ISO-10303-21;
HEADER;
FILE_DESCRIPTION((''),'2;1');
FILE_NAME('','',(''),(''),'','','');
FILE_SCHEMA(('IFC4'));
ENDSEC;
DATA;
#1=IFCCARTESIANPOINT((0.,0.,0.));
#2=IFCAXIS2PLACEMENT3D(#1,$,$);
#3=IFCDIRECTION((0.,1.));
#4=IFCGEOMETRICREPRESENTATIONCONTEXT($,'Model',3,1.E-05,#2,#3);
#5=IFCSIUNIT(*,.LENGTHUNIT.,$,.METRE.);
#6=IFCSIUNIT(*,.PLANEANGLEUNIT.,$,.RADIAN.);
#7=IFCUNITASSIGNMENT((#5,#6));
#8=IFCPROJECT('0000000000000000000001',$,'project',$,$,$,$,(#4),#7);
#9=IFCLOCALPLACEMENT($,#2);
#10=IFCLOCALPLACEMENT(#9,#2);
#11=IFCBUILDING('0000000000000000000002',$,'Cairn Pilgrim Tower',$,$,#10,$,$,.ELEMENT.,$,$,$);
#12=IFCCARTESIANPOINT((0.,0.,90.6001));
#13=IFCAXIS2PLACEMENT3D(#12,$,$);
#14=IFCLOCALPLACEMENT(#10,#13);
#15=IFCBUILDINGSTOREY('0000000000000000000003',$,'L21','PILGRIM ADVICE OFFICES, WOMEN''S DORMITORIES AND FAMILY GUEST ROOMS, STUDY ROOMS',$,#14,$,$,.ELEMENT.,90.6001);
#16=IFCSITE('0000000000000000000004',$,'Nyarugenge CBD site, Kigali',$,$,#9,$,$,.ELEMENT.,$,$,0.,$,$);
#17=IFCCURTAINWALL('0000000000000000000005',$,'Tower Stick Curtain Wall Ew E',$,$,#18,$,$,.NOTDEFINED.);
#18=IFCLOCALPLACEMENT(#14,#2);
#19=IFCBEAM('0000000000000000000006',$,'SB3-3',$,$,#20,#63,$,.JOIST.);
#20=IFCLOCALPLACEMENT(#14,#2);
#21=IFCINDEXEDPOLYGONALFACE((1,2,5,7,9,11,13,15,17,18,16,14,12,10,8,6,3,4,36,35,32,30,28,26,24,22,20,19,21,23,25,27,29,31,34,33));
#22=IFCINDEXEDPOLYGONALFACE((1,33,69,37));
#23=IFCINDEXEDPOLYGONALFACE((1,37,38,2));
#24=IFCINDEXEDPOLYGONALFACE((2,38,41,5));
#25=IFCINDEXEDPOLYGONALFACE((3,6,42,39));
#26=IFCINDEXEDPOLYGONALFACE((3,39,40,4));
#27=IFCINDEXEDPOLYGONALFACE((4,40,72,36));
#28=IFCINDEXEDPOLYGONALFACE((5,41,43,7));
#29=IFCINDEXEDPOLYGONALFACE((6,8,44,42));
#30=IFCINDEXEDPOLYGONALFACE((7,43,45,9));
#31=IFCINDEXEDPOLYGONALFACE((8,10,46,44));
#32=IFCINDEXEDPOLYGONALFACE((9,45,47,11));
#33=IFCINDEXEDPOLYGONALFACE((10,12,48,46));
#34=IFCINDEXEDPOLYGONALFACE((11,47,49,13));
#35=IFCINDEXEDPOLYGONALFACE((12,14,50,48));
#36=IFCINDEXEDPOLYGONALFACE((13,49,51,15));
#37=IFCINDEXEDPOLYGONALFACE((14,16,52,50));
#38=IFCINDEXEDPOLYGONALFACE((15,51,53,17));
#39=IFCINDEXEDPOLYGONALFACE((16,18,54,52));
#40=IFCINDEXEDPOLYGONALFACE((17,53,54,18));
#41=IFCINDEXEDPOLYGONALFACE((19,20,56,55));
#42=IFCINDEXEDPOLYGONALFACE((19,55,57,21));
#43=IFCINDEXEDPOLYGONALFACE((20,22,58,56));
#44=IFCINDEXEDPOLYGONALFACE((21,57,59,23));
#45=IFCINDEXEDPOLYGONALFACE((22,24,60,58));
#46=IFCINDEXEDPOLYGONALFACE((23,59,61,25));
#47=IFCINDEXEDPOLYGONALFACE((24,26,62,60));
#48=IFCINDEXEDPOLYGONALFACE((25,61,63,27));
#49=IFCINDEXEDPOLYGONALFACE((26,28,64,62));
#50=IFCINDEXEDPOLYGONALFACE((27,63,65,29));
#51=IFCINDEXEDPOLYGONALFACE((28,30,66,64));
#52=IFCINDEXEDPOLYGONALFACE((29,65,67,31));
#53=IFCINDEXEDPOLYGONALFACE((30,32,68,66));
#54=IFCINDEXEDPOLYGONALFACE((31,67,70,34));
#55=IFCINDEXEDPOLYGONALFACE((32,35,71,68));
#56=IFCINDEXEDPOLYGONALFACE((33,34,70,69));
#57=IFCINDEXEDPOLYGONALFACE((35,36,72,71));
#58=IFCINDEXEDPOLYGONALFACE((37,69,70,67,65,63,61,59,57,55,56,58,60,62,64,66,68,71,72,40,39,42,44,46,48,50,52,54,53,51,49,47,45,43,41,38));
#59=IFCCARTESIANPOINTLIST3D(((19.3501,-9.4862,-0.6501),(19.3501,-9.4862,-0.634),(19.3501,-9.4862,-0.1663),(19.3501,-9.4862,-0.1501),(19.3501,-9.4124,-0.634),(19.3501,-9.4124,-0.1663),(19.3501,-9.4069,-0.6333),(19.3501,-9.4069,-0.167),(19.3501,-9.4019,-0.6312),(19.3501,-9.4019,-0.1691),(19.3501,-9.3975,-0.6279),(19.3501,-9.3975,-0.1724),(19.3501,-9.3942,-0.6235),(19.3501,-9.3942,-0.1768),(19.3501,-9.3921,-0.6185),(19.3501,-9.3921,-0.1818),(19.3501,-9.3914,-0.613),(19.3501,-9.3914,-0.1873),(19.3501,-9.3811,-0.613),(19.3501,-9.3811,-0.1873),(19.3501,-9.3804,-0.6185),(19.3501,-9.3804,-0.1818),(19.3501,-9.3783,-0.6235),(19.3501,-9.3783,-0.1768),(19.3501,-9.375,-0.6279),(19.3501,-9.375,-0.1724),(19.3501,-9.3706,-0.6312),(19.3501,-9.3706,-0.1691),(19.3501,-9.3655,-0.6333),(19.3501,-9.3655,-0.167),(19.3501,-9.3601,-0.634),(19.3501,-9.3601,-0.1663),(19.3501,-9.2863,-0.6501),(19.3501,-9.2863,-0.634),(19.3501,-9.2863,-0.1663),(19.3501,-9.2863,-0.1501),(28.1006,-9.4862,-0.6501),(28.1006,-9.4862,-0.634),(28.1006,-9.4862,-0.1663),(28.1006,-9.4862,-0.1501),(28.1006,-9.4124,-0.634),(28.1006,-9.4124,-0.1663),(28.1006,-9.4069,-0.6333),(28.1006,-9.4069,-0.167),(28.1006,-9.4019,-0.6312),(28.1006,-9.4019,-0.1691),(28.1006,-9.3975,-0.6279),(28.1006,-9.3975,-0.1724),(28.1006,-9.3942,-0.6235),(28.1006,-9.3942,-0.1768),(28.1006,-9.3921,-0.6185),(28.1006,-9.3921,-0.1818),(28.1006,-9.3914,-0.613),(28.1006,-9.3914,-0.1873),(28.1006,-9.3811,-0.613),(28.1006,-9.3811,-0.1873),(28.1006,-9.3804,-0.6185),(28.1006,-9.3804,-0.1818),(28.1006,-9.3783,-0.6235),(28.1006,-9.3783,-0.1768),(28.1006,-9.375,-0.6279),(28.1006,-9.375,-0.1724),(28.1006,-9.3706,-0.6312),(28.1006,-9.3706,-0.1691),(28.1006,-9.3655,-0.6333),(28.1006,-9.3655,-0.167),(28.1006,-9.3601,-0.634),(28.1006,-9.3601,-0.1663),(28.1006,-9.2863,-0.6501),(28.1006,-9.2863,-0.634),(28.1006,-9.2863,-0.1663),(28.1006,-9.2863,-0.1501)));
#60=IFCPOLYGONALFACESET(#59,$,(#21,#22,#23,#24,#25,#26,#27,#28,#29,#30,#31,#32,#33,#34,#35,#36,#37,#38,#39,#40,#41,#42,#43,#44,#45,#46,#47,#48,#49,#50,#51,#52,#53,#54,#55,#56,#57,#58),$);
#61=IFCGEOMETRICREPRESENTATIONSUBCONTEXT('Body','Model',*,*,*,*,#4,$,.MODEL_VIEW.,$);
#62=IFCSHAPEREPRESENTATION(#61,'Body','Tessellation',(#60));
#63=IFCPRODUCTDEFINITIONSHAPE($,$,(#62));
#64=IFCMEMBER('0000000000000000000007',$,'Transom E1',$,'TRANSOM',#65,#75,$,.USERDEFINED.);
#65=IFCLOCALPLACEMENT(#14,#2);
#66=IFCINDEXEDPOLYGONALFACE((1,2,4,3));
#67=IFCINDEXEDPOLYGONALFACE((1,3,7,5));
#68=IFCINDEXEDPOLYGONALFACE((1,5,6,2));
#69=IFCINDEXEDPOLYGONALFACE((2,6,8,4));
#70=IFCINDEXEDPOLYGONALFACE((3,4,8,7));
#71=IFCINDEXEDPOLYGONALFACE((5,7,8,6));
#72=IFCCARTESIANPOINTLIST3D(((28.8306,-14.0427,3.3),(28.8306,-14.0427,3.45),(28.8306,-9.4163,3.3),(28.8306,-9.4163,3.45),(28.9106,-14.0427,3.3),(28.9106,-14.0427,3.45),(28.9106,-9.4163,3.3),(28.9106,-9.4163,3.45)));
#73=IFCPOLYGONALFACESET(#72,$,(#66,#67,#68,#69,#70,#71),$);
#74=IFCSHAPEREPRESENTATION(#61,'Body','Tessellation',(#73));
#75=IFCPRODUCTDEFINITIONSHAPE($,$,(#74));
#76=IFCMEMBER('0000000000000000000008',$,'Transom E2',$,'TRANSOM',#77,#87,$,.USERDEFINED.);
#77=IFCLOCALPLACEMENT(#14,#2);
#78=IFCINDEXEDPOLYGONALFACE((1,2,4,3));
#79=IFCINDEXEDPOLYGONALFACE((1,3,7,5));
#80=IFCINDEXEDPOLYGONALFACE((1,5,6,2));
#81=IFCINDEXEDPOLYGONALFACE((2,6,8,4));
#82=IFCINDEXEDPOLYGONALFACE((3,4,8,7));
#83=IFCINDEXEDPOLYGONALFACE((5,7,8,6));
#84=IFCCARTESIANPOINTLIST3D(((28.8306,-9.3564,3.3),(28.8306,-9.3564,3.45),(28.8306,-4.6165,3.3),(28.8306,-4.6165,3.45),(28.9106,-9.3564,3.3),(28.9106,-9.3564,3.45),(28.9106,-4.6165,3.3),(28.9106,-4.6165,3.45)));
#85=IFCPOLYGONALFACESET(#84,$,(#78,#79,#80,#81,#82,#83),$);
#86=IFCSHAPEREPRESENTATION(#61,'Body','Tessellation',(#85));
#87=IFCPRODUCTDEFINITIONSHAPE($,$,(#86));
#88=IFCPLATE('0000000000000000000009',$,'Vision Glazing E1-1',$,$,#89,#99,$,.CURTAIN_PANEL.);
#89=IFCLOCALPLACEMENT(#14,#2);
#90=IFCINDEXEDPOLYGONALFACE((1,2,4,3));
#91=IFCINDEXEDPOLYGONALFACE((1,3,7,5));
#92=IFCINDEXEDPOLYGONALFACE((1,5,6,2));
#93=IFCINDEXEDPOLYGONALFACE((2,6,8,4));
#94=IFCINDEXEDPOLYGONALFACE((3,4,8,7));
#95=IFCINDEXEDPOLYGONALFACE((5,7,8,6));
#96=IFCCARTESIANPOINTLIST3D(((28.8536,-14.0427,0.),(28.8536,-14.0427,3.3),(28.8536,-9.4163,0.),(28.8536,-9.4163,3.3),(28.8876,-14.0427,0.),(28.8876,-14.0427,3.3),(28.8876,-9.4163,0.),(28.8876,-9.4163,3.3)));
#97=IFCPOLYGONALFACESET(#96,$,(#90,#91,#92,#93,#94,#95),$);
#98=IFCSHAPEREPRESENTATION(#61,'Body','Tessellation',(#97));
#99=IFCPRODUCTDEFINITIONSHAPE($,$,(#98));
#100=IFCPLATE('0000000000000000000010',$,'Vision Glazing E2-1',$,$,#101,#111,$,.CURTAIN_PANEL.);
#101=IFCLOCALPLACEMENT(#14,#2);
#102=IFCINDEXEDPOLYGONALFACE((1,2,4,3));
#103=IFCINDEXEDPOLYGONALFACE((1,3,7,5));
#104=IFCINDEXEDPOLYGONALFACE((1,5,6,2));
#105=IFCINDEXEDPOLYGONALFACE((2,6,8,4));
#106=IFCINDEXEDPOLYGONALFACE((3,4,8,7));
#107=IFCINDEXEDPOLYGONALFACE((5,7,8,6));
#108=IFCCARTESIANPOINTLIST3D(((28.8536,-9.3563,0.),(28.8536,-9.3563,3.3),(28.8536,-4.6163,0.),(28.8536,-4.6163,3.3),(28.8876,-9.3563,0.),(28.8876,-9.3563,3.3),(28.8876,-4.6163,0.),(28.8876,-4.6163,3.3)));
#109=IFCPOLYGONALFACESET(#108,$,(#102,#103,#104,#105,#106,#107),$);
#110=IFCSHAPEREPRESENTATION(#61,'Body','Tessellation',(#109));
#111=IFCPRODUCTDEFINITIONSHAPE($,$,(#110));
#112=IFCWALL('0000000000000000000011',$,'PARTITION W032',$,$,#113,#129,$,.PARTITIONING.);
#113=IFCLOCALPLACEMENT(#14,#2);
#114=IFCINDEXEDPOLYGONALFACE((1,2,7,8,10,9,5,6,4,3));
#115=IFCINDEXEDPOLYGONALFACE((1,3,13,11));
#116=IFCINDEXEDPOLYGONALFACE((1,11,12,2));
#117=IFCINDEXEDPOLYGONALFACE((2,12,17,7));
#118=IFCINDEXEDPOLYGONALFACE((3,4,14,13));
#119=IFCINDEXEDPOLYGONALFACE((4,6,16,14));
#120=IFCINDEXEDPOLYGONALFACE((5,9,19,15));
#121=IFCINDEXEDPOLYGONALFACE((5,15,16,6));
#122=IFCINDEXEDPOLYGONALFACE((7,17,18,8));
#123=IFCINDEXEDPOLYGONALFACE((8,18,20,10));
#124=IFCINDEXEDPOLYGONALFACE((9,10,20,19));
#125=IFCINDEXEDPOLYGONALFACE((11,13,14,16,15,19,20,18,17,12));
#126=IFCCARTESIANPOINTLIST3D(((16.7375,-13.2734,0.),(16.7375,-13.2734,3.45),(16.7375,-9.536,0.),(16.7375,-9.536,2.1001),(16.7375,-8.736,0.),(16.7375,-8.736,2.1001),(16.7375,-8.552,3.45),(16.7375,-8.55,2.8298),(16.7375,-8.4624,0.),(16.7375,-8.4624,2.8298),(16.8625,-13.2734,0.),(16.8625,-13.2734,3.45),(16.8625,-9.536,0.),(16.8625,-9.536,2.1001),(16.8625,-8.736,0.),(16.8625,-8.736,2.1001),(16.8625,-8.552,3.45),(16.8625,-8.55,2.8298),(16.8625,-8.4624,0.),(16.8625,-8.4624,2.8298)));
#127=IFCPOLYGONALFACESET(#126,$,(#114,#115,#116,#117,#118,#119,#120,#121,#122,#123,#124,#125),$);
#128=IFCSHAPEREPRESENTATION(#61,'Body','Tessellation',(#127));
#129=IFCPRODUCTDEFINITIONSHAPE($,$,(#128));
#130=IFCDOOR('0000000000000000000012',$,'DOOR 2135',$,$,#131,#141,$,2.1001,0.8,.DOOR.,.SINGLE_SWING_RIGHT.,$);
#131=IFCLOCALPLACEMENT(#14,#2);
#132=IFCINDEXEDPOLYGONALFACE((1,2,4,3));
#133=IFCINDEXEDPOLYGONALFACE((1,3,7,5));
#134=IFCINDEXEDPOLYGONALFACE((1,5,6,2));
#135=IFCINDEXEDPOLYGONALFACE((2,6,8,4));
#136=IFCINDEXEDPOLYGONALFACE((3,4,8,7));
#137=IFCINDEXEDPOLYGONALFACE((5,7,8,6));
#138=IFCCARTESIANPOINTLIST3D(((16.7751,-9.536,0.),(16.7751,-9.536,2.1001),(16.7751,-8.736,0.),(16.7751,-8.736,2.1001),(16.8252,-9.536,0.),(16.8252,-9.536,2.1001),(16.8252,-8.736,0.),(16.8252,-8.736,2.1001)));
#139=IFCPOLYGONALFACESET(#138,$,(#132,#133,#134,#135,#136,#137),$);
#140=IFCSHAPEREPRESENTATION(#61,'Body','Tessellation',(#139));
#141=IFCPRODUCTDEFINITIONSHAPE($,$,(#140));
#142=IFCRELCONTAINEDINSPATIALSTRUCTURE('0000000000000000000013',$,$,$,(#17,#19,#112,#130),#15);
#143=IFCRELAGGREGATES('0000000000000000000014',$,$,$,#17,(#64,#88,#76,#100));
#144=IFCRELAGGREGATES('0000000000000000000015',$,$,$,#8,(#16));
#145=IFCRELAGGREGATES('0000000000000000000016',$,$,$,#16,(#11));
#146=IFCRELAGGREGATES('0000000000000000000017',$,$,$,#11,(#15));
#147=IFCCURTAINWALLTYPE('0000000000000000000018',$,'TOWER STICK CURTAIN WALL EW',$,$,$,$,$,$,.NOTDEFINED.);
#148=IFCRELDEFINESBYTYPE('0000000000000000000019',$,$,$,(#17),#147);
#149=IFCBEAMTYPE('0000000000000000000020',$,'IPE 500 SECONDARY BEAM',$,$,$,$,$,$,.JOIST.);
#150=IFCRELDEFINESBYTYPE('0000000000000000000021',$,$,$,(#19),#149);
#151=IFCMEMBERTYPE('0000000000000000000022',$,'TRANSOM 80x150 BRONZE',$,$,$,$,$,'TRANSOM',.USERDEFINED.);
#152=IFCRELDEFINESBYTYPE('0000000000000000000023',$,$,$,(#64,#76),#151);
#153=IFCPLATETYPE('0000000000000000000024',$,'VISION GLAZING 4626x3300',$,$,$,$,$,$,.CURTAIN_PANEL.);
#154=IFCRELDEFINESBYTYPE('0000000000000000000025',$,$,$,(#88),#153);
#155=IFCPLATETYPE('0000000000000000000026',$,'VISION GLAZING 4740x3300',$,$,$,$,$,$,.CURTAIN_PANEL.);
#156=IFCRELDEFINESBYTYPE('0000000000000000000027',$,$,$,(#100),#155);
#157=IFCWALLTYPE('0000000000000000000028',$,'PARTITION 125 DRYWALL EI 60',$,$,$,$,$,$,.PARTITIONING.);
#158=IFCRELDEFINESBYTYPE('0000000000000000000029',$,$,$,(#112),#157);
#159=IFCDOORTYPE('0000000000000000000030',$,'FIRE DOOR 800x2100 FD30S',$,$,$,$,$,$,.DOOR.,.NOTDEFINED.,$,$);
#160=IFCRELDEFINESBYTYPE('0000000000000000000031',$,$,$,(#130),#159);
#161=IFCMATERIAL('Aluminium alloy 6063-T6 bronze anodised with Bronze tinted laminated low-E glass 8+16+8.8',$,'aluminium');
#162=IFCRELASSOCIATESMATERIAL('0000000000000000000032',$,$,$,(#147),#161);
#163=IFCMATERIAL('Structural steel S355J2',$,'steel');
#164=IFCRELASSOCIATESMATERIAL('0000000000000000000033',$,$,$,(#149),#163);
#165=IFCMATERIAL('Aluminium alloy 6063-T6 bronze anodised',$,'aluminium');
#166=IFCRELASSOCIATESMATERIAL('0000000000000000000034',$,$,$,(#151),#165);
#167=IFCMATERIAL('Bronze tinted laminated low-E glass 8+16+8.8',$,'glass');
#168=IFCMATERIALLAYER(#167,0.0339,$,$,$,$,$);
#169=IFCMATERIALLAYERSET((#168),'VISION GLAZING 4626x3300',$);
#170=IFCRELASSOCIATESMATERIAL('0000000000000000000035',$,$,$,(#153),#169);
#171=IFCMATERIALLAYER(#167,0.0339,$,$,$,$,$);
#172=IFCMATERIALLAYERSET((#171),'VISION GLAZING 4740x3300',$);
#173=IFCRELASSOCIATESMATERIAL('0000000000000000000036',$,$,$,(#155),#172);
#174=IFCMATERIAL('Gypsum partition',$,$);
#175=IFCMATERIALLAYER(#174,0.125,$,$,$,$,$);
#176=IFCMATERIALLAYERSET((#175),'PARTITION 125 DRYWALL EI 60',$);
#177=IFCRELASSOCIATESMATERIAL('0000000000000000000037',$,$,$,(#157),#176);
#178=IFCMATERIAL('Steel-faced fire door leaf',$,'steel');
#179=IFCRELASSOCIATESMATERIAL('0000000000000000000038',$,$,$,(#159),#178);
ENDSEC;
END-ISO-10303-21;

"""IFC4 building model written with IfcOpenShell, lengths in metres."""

from ifc_helpers import new_model, si_unit, direction, frame, frame_2d, origin, origin_2d, place, context, subcontext, project, spatial, polyline, rectangle, i_section, outline, extrude, material, layer, layer_set, material_profile, profile_set, type_object, element, fill, aggregate, save


model = new_model("IFC4")

# Units and contexts
model_context = context("Model", 3, precision=1e-05, world=origin(), true_north=direction((0.0, 1.0)))
body_context = subcontext(model_context, "Body", "Model", "MODEL_VIEW")
ifc_project = project(units=[si_unit("LENGTHUNIT", "METRE"), si_unit("PLANEANGLEUNIT", "RADIAN")], contexts=[model_context])

# Site, building, storey
site_placement = place(None, origin())
site = spatial("IfcSite", under=ifc_project, at=site_placement, Name="Nyarugenge CBD site, Kigali", CompositionType="ELEMENT", RefElevation=0.0)
building_placement = place(site_placement, origin())
building = spatial("IfcBuilding", under=site, at=building_placement, Name="Cairn Pilgrim Tower", CompositionType="ELEMENT")
storey_placement = place(building_placement, frame((0.0, 0.0, 90.6001)))
storey = spatial("IfcBuildingStorey", under=building, at=storey_placement, Name="L21", Description="PILGRIM ADVICE OFFICES, WOMEN'S DORMITORIES AND FAMILY GUEST ROOMS, STUDY ROOMS", CompositionType="ELEMENT", Elevation=90.6001)

# Curtain wall
ifc_material_1 = material(Name="Aluminium alloy 6063-T6 bronze anodised with Bronze tinted laminated low-E glass 8+16+8.8", Category="aluminium")
curtain_wall_type = type_object("IfcCurtainWallType", Name="TOWER STICK CURTAIN WALL EW", PredefinedType="NOTDEFINED", material=ifc_material_1)
curtain_wall_placement = place(storey_placement, origin())
curtain_wall = element("IfcCurtainWall", 1, at=curtain_wall_placement, inside=storey, type_object=curtain_wall_type, Name="Tower Stick Curtain Wall Ew E", PredefinedType="NOTDEFINED")
ifc_material_2 = material(Name="Aluminium alloy 6063-T6 bronze anodised", Category="aluminium")

# Beam
ifc_material_3 = material(Name="Structural steel S355J2", Category="steel")
ifc_material_profile_1 = material_profile(ifc_material_3, i_section(OverallWidth=0.2, OverallDepth=0.5, WebThickness=0.0103, FlangeThickness=0.0161, FilletRadius=0.021, at=origin_2d()), Name="IPE 500")
ifc_profile_set_1 = profile_set([ifc_material_profile_1], Name="Structural steel S355J2")
beam_type_1 = type_object("IfcBeamType", Name="IPE 500 SECONDARY BEAM", PredefinedType="JOIST", material=ifc_profile_set_1)
beam_1_placement = place(storey_placement, frame((19.3501, -9.3862, -0.4001), z_axis=(1.0, 0.0, 0.0), x_axis=(0.0, 1.0, 0.0)))
element("IfcBeam", 2, at=beam_1_placement, inside=storey, type_object=beam_type_1, Name="SB3-3", PredefinedType="JOIST", context=body_context, shape_type="SweptSolid", body=[
    extrude(i_section(OverallWidth=0.2, OverallDepth=0.5, WebThickness=0.0103, FlangeThickness=0.0161, FilletRadius=0.021, at=origin_2d()), origin(), (0.0, 0.0, 1.0), 8.7505),
])

# Members
ifc_material_profile_2 = material_profile(ifc_material_2, rectangle(XDim=0.0801, YDim=0.1499, at=origin_2d()), Name="TRANSOM 80x150 BRONZE")
ifc_profile_set_2 = profile_set([ifc_material_profile_2], Name="Aluminium alloy 6063-T6 bronze anodised")
member_type_1 = type_object("IfcMemberType", Name="TRANSOM 80x150 BRONZE", ElementType="TRANSOM", PredefinedType="USERDEFINED", material=ifc_profile_set_2)
member_1_placement = place(storey_placement, frame((28.8706, -14.0427, 3.375), z_axis=(0.0, 1.0, 0.0), x_axis=(-1.0, 0.0, 0.0)))
member_1 = element("IfcMember", 3, at=member_1_placement, type_object=member_type_1, Name="Transom E1", ObjectType="TRANSOM", PredefinedType="USERDEFINED", context=body_context, shape_type="SweptSolid", body=[
    extrude(rectangle(XDim=0.0801, YDim=0.1499, at=origin_2d()), origin(), (0.0, 0.0, 1.0), 4.6265),
])
member_2_placement = place(storey_placement, frame((28.8706, -9.3564, 3.375), z_axis=(0.0, 1.0, 0.0), x_axis=(-1.0, 0.0, 0.0)))
member_2 = element("IfcMember", 4, at=member_2_placement, type_object=member_type_1, Name="Transom E2", ObjectType="TRANSOM", PredefinedType="USERDEFINED", context=body_context, shape_type="SweptSolid", body=[
    extrude(rectangle(XDim=0.0801, YDim=0.1499, at=origin_2d()), origin(), (0.0, 0.0, 1.0), 4.74),
])

# Plates
ifc_material_4 = material(Name="Bronze tinted laminated low-E glass 8+16+8.8", Category="glass")
ifc_layer_1 = layer(ifc_material_4, 0.0339)
ifc_layer_set_1 = layer_set([ifc_layer_1], Name="VISION GLAZING 4626x3300")
plate_type_1 = type_object("IfcPlateType", Name="VISION GLAZING 4626x3300", PredefinedType="CURTAIN_PANEL", material=ifc_layer_set_1)
plate_1_placement = place(storey_placement, frame((28.8706, -11.7295, 0.0), z_axis=(0.0, 0.0, 1.0), x_axis=(0.0, 1.0, 0.0)))
plate_1 = element("IfcPlate", 5, at=plate_1_placement, type_object=plate_type_1, Name="Vision Glazing E1-1", PredefinedType="CURTAIN_PANEL", context=body_context, shape_type="SweptSolid", body=[
    extrude(rectangle(XDim=4.6265, YDim=0.0339, at=origin_2d()), origin(), (0.0, 0.0, 1.0), 3.3),
])
ifc_layer_2 = layer(ifc_material_4, 0.0339)
ifc_layer_set_2 = layer_set([ifc_layer_2], Name="VISION GLAZING 4740x3300")
plate_type_2 = type_object("IfcPlateType", Name="VISION GLAZING 4740x3300", PredefinedType="CURTAIN_PANEL", material=ifc_layer_set_2)
plate_2_placement = place(storey_placement, frame((28.8706, -6.9863, 0.0), z_axis=(0.0, 0.0, 1.0), x_axis=(0.0, 1.0, 0.0)))
plate_2 = element("IfcPlate", 6, at=plate_2_placement, type_object=plate_type_2, Name="Vision Glazing E2-1", PredefinedType="CURTAIN_PANEL", context=body_context, shape_type="SweptSolid", body=[
    extrude(rectangle(XDim=4.74, YDim=0.0339, at=origin_2d()), origin(), (0.0, 0.0, 1.0), 3.3),
])
aggregate(curtain_wall, [member_1, plate_1, member_2, plate_2])

# Wall, opening, door
ifc_material_5 = material(Name="Gypsum partition")
ifc_layer_3 = layer(ifc_material_5, 0.125)
ifc_layer_set_3 = layer_set([ifc_layer_3], Name="PARTITION 125 DRYWALL EI 60")
wall_type_1 = type_object("IfcWallType", Name="PARTITION 125 DRYWALL EI 60", PredefinedType="PARTITIONING", material=ifc_layer_set_3)
wall_1_placement = place(storey_placement, frame((16.8, -13.2734, 0.0), z_axis=(0.0, 0.0, 1.0), x_axis=(0.0, 1.0, 0.0)))
wall_1 = element("IfcWall", 7, at=wall_1_placement, inside=storey, type_object=wall_type_1, Name="PARTITION W032", PredefinedType="PARTITIONING", context=body_context, shape_type="SweptSolid", body=[
    extrude(outline(polyline([(0.0, 0.0), (4.811, 0.0), (4.811, 2.8298), (4.7234, 2.8298), (4.7214, 3.45), (0.0, 3.45), (0.0, 0.0)])), frame((0.0, 0.0625, 0.0), z_axis=(0.0, -1.0, 0.0), x_axis=(1.0, 0.0, 0.0)), (0.0, 0.0, 1.0), 0.125),
])
opening_1_placement = place(wall_1_placement, frame((3.7375, 0.0, 0.0)))
opening_1 = element("IfcOpeningElement", 8, at=opening_1_placement, cuts=wall_1, PredefinedType="OPENING", context=body_context, shape_type="SweptSolid", body=[
    extrude(rectangle(XDim=0.8, YDim=2.1001, at=frame_2d((0.3999, 1.05))), frame((0.0, 0.0725, 0.0), z_axis=(0.0, -1.0, 0.0), x_axis=(1.0, 0.0, 0.0)), (0.0, 0.0, 1.0), 0.145),
])
ifc_material_6 = material(Name="Steel-faced fire door leaf", Category="steel")
door_type_1 = type_object("IfcDoorType", Name="FIRE DOOR 800x2100 FD30S", OperationType="NOTDEFINED", PredefinedType="DOOR", material=ifc_material_6)
door_1_placement = place(opening_1_placement, origin())
door_1 = element("IfcDoor", 9, at=door_1_placement, inside=storey, type_object=door_type_1, Name="DOOR 2135", OperationType="SINGLE_SWING_RIGHT", OverallHeight=2.1001, OverallWidth=0.8, PredefinedType="DOOR", context=body_context, shape_type="SweptSolid", body=[
    extrude(rectangle(XDim=0.8, YDim=2.1001, at=frame_2d((0.3999, 1.05))), frame((0.0, 0.0249, 0.0), z_axis=(0.0, -1.0, 0.0), x_axis=(1.0, 0.0, 0.0)), (0.0, 0.0, 1.0), 0.05),
])
fill(opening_1, door_1)

save(model, "model.ifc")
